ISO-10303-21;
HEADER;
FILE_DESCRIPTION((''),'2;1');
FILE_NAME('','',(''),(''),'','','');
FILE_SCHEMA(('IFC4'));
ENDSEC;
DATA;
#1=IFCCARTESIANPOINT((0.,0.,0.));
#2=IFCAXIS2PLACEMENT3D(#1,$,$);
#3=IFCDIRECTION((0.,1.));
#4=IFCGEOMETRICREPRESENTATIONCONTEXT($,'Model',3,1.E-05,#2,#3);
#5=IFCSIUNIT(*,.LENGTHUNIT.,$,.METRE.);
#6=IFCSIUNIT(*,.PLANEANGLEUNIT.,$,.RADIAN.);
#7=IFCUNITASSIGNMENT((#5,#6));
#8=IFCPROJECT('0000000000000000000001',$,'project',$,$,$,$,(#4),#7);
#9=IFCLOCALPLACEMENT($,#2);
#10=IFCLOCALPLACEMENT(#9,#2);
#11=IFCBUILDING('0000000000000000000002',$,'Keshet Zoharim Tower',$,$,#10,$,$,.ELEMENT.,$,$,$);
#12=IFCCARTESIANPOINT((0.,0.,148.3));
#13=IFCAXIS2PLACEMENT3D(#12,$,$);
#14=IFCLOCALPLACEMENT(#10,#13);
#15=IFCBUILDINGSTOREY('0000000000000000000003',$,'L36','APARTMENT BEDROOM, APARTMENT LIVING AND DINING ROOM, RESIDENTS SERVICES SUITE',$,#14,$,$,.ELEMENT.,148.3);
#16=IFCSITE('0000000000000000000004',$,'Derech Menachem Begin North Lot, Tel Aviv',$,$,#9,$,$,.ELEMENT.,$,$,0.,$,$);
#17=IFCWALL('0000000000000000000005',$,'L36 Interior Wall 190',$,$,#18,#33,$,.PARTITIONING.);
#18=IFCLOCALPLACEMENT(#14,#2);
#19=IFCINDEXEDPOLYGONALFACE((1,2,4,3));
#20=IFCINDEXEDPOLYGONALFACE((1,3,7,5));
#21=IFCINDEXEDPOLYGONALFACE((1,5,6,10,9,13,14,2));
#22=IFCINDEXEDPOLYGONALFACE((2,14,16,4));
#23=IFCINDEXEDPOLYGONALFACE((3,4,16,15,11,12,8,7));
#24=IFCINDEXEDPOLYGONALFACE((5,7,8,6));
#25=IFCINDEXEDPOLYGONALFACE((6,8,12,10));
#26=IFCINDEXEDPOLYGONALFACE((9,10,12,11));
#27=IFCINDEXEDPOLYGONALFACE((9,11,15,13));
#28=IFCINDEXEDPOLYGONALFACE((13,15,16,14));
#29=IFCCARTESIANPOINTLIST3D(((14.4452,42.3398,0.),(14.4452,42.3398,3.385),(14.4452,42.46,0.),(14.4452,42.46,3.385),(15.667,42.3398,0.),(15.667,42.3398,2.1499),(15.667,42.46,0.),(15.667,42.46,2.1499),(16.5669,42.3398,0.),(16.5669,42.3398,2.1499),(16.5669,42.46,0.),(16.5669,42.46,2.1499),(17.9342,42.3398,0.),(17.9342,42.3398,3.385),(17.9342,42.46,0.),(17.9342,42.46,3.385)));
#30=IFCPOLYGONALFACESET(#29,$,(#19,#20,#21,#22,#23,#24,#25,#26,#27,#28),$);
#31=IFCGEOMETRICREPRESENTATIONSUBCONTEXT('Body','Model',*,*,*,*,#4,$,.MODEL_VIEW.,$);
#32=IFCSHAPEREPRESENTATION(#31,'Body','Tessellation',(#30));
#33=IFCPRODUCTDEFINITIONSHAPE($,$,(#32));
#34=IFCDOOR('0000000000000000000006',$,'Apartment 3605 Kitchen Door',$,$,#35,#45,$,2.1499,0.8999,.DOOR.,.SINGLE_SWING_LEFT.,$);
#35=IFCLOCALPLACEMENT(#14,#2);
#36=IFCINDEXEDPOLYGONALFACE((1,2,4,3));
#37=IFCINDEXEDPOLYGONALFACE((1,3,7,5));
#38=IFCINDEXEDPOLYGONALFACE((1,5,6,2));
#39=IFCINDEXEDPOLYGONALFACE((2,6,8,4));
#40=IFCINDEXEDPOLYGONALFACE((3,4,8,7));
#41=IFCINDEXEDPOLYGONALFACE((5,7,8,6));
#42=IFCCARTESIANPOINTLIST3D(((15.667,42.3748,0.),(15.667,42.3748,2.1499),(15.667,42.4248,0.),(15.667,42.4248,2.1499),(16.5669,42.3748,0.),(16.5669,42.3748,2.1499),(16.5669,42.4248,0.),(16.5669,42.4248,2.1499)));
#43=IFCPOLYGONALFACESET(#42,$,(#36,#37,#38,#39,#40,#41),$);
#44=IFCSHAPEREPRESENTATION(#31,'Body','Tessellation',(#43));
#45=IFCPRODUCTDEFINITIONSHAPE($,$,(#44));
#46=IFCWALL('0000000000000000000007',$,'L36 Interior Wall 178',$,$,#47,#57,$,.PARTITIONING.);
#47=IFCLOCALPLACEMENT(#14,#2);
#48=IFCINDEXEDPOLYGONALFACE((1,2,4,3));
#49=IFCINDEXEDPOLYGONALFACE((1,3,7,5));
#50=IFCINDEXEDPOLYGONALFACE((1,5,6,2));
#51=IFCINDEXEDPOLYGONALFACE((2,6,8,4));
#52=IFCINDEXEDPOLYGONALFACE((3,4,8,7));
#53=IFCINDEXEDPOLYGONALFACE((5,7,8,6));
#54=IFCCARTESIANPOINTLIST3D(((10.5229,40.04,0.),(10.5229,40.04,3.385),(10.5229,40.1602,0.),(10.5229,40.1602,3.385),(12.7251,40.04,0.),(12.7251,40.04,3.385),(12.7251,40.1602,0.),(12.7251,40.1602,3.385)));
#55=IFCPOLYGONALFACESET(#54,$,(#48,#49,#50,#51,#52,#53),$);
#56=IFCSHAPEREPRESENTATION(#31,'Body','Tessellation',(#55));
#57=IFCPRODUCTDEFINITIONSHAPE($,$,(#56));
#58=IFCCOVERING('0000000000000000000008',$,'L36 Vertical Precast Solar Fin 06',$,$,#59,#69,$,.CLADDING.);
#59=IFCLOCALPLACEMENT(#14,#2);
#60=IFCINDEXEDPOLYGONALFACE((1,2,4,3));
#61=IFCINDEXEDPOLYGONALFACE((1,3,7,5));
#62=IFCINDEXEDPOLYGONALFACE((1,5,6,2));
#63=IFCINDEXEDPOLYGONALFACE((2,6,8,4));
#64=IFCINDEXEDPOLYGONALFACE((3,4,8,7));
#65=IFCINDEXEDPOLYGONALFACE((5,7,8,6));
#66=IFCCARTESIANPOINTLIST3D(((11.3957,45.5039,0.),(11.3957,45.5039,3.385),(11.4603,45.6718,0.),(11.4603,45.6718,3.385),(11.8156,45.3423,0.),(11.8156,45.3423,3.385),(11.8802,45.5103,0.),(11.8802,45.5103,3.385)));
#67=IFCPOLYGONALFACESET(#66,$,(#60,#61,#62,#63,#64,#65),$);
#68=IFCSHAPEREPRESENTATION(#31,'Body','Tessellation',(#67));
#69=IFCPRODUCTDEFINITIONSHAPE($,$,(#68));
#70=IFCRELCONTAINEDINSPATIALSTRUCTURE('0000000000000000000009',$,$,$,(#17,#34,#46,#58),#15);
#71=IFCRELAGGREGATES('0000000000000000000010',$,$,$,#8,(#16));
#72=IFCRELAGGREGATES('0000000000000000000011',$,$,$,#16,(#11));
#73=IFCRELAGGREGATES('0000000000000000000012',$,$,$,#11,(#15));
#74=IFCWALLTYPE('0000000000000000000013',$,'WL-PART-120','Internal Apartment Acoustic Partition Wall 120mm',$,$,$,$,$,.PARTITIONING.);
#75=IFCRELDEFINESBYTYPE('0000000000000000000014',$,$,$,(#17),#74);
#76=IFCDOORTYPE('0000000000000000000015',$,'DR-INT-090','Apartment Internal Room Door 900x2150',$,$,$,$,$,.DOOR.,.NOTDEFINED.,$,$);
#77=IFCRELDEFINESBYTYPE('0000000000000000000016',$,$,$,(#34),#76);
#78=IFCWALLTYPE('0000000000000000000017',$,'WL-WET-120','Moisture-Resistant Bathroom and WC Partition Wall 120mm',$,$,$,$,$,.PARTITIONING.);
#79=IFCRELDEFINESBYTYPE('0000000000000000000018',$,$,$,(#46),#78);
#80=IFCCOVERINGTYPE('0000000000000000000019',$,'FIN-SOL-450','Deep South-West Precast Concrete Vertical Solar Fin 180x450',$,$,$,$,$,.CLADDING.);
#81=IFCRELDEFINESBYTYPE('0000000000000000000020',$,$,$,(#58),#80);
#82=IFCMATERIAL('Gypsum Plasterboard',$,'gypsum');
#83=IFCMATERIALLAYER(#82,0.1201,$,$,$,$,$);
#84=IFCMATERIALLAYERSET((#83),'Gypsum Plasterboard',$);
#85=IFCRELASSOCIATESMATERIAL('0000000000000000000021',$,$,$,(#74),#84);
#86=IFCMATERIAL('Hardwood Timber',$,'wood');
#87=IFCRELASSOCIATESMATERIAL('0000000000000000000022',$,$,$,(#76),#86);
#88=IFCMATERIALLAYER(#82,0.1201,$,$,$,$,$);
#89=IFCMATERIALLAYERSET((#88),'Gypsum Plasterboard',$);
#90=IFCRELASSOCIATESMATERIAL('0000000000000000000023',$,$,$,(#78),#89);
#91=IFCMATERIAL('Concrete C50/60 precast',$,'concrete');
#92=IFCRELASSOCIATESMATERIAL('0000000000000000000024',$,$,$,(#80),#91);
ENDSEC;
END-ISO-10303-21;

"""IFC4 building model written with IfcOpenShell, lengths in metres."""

from ifc_helpers import new_model, si_unit, direction, frame, frame_2d, origin, origin_2d, place, context, subcontext, project, spatial, rectangle, extrude, material, layer, layer_set, type_object, element, fill, save


model = new_model("IFC4")

# Units and contexts
model_context = context("Model", 3, precision=1e-05, world=origin(), true_north=direction((0.0, 1.0)))
body_context = subcontext(model_context, "Body", "Model", "MODEL_VIEW")
ifc_project = project(units=[si_unit("LENGTHUNIT", "METRE"), si_unit("PLANEANGLEUNIT", "RADIAN")], contexts=[model_context])

# Site, building, storey
site_placement = place(None, origin())
site = spatial("IfcSite", under=ifc_project, at=site_placement, Name="Derech Menachem Begin North Lot, Tel Aviv", CompositionType="ELEMENT", RefElevation=0.0)
building_placement = place(site_placement, origin())
building = spatial("IfcBuilding", under=site, at=building_placement, Name="Keshet Zoharim Tower", CompositionType="ELEMENT")
storey_placement = place(building_placement, frame((0.0, 0.0, 148.3)))
storey = spatial("IfcBuildingStorey", under=building, at=storey_placement, Name="L36", Description="APARTMENT BEDROOM, APARTMENT LIVING AND DINING ROOM, RESIDENTS SERVICES SUITE", CompositionType="ELEMENT", Elevation=148.3)

# Shared definitions
ifc_material_1 = material(Name="Gypsum Plasterboard", Category="gypsum")
ifc_layer_1 = layer(ifc_material_1, 0.1201)
ifc_layer_set_1 = layer_set([ifc_layer_1], Name="Gypsum Plasterboard")
wall_type_1 = type_object("IfcWallType", Name="WL-PART-120", Description="Internal Apartment Acoustic Partition Wall 120mm", PredefinedType="PARTITIONING", material=ifc_layer_set_1)

# Wall, opening, door
ifc_material_2 = material(Name="Hardwood Timber", Category="wood")
door_type = type_object("IfcDoorType", Name="DR-INT-090", Description="Apartment Internal Room Door 900x2150", OperationType="NOTDEFINED", PredefinedType="DOOR", material=ifc_material_2)
wall_1_placement = place(storey_placement, frame((14.4451, 42.3999, 0.0), z_axis=(0.0, 0.0, 1.0), x_axis=(1.0, 0.0, 0.0)))
wall_1 = element("IfcWall", 1, at=wall_1_placement, inside=storey, type_object=wall_type_1, Name="L36 Interior Wall 190", PredefinedType="PARTITIONING", context=body_context, shape_type="SweptSolid", body=[
    extrude(rectangle(XDim=3.489, YDim=0.1201, at=frame_2d((1.7446, 0.0))), origin(), (0.0, 0.0, 1.0), 3.385),
])
opening_1_placement = place(wall_1_placement, frame((1.2219, 0.0, 0.0)))
opening_1 = element("IfcOpeningElement", 2, at=opening_1_placement, cuts=wall_1, PredefinedType="OPENING", context=body_context, shape_type="SweptSolid", body=[
    extrude(rectangle(XDim=0.8999, YDim=2.1499, at=frame_2d((0.45, 1.075))), frame((0.0, 0.0701, 0.0), z_axis=(0.0, -1.0, 0.0), x_axis=(1.0, 0.0, 0.0)), (0.0, 0.0, 1.0), 0.1401),
])
door_1_placement = place(opening_1_placement, origin())
door_1 = element("IfcDoor", 3, at=door_1_placement, inside=storey, type_object=door_type, Name="Apartment 3605 Kitchen Door", OperationType="SINGLE_SWING_LEFT", OverallHeight=2.1499, OverallWidth=0.8999, PredefinedType="DOOR", context=body_context, shape_type="SweptSolid", body=[
    extrude(rectangle(XDim=0.8999, YDim=2.1499, at=frame_2d((0.45, 1.075))), frame((0.0, 0.0249, 0.0), z_axis=(0.0, -1.0, 0.0), x_axis=(1.0, 0.0, 0.0)), (0.0, 0.0, 1.0), 0.05),
])
fill(opening_1, door_1)

# Wall
ifc_layer_2 = layer(ifc_material_1, 0.1201)
ifc_layer_set_2 = layer_set([ifc_layer_2], Name="Gypsum Plasterboard")
wall_type_2 = type_object("IfcWallType", Name="WL-WET-120", Description="Moisture-Resistant Bathroom and WC Partition Wall 120mm", PredefinedType="PARTITIONING", material=ifc_layer_set_2)
wall_2_placement = place(storey_placement, frame((10.5229, 40.1001, 0.0), z_axis=(0.0, 0.0, 1.0), x_axis=(1.0, 0.0, 0.0)))
element("IfcWall", 4, at=wall_2_placement, inside=storey, type_object=wall_type_2, Name="L36 Interior Wall 178", PredefinedType="PARTITIONING", context=body_context, shape_type="SweptSolid", body=[
    extrude(rectangle(XDim=2.2021, YDim=0.1201, at=frame_2d((1.1011, 0.0))), origin(), (0.0, 0.0, 1.0), 3.385),
])

# Covering
ifc_material_3 = material(Name="Concrete C50/60 precast", Category="concrete")
covering_type = type_object("IfcCoveringType", Name="FIN-SOL-450", Description="Deep South-West Precast Concrete Vertical Solar Fin 180x450", PredefinedType="CLADDING", material=ifc_material_3)
covering_placement = place(storey_placement, frame((11.6379, 45.5071, 0.0), z_axis=(0.0, 0.0, 1.0), x_axis=(0.35899, 0.933341, 0.0)))
element("IfcCovering", 5, at=covering_placement, inside=storey, type_object=covering_type, Name="L36 Vertical Precast Solar Fin 06", PredefinedType="CLADDING", context=body_context, shape_type="SweptSolid", body=[
    extrude(rectangle(XDim=0.1799, YDim=0.45, at=origin_2d()), origin(), (0.0, 0.0, 1.0), 3.385),
])

save(model, "model.ifc")
